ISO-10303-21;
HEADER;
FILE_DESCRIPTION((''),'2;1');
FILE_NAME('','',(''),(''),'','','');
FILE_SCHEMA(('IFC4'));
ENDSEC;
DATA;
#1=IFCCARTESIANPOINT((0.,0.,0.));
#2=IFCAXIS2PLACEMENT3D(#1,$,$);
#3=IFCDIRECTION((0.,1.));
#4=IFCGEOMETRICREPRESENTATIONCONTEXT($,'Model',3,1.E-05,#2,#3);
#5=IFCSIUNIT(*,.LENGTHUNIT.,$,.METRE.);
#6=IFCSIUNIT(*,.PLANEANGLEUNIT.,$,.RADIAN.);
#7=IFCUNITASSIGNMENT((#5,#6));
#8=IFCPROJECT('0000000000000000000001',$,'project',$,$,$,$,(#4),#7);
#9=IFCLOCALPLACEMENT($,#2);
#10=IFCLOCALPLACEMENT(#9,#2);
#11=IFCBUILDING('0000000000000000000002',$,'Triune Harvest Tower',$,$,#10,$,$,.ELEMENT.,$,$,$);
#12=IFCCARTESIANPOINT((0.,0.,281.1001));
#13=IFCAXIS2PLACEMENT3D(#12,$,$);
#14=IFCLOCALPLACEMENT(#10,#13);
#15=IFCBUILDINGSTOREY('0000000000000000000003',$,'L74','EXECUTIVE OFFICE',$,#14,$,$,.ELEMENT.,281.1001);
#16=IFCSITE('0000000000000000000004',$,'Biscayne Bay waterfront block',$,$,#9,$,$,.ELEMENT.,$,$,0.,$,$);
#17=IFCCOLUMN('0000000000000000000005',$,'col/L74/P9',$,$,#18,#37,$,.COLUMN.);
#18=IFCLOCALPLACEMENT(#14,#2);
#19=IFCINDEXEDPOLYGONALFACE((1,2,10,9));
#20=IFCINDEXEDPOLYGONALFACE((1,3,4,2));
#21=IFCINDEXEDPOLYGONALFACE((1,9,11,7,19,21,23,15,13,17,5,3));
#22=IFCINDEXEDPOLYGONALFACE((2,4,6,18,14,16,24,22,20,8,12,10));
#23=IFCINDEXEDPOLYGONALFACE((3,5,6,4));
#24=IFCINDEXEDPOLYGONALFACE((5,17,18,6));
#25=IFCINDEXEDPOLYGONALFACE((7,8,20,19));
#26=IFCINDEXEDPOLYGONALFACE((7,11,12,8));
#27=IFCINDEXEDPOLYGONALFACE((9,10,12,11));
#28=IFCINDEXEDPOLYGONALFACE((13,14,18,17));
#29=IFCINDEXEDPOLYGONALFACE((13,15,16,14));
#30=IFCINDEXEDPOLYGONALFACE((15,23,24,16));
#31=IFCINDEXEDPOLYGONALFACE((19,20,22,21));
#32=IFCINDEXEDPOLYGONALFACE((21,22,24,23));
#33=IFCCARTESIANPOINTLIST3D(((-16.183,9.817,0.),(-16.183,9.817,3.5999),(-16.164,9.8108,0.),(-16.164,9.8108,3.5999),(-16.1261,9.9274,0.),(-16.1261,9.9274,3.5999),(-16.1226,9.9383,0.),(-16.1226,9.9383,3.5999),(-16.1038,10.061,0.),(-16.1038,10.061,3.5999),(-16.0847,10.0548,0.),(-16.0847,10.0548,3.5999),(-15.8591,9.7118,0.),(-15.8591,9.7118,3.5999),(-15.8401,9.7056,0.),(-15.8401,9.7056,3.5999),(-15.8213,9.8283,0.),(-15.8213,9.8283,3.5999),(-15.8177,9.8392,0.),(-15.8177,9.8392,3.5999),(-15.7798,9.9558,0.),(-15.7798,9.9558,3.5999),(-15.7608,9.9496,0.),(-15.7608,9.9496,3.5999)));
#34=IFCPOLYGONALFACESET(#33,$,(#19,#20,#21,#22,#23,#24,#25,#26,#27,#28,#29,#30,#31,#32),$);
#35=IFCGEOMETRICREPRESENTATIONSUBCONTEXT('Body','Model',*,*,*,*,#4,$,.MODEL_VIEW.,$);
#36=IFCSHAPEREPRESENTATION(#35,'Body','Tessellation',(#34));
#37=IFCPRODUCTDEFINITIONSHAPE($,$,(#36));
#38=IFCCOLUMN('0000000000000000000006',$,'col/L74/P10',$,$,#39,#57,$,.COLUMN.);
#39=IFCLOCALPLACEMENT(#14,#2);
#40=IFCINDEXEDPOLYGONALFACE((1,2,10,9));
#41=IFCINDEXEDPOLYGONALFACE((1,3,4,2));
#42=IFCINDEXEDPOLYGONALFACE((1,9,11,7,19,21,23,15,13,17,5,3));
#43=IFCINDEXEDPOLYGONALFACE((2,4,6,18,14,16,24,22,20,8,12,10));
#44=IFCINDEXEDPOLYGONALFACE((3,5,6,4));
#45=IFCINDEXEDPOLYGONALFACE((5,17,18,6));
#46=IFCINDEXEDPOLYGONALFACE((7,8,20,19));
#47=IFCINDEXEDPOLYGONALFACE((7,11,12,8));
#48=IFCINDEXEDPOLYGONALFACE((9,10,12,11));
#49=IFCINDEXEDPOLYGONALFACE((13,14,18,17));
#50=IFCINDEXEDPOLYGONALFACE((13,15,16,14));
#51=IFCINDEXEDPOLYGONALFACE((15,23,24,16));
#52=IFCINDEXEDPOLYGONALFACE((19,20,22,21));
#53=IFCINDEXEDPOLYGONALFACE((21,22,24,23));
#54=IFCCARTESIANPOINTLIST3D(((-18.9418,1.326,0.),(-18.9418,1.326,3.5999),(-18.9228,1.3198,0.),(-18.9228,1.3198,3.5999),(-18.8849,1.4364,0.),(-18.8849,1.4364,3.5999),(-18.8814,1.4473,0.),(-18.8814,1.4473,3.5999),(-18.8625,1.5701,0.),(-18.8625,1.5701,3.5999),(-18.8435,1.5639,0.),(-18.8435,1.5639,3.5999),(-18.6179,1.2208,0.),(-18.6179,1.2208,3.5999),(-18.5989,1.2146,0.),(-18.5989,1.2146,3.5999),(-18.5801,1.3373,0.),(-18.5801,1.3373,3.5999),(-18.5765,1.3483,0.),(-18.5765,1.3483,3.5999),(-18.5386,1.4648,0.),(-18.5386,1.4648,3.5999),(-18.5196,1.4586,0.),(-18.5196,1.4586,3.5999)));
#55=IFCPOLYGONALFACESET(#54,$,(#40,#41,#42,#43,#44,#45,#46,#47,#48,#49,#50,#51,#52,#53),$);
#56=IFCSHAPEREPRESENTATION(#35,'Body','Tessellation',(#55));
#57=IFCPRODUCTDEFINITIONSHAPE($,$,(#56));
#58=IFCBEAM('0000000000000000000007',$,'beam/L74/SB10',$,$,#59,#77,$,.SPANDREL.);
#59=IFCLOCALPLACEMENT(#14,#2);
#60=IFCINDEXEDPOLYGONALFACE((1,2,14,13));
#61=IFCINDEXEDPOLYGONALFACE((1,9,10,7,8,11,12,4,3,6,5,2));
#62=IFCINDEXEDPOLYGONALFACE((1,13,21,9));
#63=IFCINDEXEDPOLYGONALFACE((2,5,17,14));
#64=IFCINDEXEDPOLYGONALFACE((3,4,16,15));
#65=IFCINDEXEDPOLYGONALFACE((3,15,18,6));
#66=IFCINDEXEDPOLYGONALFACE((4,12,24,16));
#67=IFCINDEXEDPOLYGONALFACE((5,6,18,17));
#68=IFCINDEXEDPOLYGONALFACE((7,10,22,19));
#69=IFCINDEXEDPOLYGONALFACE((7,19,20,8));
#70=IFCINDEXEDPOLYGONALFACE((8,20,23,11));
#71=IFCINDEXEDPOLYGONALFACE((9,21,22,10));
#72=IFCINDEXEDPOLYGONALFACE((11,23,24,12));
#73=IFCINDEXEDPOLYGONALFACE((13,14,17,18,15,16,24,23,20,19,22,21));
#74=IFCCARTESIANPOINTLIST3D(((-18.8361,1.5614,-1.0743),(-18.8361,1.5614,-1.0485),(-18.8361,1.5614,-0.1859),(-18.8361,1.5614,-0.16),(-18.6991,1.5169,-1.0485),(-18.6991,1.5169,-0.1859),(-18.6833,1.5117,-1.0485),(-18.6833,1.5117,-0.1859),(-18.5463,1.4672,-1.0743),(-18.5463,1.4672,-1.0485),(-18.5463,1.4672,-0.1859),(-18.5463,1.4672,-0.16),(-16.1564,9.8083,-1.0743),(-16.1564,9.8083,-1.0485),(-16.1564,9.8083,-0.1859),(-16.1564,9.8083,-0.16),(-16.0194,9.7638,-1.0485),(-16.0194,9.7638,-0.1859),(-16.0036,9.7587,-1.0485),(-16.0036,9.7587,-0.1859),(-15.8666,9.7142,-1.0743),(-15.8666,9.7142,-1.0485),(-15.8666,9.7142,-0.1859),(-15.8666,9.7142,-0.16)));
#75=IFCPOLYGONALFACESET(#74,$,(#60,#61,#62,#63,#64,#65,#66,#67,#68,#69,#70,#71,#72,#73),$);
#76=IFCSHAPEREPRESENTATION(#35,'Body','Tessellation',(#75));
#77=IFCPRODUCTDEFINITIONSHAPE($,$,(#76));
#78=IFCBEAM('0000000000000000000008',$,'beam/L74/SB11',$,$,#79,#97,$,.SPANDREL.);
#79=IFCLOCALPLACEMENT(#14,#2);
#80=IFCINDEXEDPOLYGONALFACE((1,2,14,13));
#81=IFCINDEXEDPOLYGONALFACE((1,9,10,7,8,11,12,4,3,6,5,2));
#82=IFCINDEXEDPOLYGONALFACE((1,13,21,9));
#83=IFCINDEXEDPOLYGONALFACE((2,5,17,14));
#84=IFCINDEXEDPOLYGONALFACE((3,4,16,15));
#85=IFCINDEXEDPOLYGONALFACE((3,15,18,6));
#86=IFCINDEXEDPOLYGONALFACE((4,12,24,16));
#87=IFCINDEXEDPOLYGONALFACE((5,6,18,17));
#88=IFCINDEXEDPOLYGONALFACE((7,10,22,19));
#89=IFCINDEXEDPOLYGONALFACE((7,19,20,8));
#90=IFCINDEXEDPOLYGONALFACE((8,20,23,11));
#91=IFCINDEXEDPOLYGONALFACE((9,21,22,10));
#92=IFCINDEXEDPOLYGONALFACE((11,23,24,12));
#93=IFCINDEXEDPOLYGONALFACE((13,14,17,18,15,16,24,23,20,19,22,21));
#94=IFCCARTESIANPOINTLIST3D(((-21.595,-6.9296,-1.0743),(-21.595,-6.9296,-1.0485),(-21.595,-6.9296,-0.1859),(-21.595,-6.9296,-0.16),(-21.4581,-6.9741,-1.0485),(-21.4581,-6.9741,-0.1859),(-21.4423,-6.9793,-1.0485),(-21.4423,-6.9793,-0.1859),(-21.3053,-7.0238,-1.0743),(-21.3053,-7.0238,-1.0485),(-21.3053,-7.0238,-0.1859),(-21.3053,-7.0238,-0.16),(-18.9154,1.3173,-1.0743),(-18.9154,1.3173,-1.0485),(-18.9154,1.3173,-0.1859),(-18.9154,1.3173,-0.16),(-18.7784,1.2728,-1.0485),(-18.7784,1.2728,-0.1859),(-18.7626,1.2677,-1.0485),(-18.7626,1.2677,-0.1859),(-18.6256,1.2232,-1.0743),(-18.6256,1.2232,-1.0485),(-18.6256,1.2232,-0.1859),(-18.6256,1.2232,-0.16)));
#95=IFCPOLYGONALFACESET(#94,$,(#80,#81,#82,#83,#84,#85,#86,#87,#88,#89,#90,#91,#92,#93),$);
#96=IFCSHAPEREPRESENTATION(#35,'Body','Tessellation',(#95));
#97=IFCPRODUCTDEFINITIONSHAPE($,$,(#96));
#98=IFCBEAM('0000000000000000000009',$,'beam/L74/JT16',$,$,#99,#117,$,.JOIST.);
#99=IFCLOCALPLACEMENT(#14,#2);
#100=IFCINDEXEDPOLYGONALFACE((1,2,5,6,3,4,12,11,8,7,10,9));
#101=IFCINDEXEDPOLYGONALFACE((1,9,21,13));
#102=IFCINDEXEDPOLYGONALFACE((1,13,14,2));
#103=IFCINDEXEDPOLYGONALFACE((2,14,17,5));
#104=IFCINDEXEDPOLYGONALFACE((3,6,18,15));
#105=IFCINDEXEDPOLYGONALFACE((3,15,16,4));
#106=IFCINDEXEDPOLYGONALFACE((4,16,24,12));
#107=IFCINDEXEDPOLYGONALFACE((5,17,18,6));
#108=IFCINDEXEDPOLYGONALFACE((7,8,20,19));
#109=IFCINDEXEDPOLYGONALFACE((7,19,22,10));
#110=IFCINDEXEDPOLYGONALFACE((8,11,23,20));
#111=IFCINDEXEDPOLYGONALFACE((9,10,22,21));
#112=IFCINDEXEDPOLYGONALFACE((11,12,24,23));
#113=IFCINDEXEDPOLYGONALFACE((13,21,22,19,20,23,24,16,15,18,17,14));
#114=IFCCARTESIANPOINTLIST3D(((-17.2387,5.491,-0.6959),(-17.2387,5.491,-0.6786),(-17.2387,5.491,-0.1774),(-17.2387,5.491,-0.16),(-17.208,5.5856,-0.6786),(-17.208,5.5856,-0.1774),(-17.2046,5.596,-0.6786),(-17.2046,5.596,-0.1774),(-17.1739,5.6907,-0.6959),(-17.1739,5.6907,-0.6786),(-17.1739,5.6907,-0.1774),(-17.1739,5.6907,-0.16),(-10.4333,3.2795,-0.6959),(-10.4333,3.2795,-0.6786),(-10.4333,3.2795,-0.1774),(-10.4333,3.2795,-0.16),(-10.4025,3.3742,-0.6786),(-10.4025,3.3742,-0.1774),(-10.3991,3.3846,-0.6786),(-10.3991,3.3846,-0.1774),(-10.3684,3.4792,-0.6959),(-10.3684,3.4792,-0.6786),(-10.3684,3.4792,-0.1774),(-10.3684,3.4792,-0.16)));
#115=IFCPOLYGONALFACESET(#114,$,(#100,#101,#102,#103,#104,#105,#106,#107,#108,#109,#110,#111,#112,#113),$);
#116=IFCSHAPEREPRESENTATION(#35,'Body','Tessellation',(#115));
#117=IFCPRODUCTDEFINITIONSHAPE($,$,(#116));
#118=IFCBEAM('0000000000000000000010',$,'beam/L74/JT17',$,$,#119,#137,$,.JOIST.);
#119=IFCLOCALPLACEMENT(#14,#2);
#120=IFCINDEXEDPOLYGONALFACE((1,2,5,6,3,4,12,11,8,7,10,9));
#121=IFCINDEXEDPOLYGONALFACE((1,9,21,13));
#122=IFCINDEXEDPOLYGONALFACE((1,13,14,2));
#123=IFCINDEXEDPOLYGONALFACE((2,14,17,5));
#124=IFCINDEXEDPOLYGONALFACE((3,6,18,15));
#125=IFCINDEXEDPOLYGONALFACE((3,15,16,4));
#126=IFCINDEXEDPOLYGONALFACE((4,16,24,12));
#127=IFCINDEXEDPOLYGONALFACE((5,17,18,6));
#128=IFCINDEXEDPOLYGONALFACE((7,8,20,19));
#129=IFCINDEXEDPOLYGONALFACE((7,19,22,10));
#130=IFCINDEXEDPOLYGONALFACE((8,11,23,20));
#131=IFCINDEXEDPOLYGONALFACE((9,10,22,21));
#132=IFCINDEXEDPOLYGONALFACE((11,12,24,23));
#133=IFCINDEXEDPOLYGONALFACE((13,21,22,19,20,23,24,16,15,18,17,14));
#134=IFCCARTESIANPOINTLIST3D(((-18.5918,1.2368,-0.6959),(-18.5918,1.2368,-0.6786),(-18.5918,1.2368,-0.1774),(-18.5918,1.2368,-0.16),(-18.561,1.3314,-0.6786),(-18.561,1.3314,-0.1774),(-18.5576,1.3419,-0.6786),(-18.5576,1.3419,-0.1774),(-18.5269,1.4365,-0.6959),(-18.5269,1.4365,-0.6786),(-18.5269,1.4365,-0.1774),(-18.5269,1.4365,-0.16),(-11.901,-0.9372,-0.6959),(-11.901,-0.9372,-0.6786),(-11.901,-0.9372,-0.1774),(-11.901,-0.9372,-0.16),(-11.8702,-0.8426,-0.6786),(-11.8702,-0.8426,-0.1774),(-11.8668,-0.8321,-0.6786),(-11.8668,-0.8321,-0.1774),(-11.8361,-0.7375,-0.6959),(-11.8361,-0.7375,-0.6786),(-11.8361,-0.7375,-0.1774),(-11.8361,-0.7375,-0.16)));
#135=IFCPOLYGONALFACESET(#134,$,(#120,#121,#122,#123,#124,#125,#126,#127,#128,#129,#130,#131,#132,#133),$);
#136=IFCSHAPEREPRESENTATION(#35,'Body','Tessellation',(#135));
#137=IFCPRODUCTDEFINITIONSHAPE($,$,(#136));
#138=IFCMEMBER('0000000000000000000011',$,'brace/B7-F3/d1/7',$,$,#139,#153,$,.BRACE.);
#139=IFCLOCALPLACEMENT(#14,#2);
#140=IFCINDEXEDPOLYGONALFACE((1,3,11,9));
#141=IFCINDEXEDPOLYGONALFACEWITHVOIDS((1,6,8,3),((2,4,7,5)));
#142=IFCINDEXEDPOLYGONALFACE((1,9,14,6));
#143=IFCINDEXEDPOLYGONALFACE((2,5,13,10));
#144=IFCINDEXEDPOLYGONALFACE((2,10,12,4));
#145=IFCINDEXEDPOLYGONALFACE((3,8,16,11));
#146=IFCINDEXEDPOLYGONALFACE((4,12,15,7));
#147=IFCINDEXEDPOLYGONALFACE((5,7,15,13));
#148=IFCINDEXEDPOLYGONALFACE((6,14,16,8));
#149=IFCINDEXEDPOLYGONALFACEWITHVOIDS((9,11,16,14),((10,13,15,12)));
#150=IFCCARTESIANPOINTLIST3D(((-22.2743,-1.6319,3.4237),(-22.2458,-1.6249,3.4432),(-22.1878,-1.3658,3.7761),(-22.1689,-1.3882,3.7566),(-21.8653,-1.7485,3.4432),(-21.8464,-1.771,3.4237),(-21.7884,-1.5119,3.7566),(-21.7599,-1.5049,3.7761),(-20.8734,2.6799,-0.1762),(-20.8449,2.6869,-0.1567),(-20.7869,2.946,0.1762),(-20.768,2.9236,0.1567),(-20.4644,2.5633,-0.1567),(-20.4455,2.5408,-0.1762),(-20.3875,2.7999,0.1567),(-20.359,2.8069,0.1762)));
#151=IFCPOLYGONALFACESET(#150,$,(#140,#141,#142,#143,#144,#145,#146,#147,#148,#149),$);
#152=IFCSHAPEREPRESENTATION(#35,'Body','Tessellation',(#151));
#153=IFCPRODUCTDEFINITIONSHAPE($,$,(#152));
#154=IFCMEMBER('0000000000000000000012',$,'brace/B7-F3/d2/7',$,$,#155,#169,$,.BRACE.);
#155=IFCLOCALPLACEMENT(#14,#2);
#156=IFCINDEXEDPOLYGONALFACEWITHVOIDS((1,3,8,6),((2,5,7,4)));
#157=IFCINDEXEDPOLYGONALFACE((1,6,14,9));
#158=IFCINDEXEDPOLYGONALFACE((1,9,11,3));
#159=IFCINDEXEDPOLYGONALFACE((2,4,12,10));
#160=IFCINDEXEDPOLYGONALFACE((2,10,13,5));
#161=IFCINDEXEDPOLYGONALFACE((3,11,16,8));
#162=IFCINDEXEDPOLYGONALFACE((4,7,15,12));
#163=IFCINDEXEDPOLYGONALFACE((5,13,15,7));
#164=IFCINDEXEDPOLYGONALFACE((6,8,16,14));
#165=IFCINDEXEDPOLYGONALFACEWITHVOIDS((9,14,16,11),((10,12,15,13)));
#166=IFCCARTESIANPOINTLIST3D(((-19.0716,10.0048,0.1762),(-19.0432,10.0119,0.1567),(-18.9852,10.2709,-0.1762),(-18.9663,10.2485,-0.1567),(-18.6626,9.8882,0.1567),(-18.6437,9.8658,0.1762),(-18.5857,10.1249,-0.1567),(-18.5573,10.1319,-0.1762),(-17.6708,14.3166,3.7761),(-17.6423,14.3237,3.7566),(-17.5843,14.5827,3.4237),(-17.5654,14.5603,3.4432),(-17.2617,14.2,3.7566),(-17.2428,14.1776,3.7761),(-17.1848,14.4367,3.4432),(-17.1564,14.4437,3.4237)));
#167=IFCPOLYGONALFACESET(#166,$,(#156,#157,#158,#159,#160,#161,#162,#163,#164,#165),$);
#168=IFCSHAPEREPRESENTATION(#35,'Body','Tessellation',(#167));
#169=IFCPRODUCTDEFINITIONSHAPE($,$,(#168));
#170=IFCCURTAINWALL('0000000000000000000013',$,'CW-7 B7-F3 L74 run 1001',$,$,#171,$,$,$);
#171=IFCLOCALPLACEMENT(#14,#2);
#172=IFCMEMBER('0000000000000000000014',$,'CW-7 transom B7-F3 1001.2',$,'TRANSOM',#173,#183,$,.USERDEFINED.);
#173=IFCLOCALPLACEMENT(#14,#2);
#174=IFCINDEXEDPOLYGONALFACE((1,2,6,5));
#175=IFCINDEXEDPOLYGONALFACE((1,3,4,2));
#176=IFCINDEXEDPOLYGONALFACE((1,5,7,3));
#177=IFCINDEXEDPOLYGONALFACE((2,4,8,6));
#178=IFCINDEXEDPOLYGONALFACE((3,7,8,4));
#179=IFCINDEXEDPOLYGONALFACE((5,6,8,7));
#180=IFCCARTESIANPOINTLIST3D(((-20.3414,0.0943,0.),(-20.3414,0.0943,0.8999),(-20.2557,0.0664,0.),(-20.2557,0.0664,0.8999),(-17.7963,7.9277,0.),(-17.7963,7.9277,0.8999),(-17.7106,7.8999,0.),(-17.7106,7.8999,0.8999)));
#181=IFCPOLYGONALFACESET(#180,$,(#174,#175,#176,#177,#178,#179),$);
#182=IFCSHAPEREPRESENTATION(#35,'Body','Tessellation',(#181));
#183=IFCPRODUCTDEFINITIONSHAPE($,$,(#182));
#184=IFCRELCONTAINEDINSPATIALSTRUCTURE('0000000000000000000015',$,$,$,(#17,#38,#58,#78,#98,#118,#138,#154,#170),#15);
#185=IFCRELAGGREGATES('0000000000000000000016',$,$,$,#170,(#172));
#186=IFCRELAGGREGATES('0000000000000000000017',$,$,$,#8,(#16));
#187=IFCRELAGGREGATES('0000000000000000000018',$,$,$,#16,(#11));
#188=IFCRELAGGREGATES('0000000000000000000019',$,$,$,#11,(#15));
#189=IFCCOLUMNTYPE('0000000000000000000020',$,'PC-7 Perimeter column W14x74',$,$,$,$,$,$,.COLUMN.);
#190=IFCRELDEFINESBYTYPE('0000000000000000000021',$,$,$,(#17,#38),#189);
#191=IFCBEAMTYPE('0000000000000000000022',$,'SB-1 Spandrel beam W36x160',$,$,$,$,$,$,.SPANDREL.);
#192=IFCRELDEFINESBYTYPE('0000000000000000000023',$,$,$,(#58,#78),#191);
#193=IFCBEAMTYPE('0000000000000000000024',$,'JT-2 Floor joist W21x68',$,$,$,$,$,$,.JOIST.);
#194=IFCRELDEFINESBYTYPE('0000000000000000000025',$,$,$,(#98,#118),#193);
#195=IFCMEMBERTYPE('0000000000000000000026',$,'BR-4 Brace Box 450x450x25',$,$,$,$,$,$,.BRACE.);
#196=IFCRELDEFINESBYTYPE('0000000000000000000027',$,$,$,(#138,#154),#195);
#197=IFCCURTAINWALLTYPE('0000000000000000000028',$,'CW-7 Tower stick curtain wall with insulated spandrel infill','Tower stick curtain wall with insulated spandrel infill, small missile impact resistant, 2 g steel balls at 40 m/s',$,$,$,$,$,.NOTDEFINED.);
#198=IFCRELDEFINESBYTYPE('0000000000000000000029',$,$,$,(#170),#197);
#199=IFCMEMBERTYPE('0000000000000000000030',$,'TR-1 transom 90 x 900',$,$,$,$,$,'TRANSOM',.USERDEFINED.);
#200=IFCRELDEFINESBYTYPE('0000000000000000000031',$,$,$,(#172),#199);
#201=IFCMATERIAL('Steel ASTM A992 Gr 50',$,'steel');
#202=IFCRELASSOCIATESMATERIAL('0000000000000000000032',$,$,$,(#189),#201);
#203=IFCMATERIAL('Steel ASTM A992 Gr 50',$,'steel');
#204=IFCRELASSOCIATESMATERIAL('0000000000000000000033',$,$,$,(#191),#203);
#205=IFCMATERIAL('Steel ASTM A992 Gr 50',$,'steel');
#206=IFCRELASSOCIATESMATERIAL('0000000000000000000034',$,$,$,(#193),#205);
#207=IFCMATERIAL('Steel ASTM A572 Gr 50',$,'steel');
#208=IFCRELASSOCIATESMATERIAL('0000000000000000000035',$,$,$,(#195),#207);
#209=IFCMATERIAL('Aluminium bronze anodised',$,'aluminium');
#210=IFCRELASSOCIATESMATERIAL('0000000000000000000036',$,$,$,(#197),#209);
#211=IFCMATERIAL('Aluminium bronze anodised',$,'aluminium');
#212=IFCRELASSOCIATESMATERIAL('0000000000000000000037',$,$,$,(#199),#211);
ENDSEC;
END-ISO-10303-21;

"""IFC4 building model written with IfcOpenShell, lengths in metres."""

from ifc_helpers import new_model, si_unit, direction, frame, origin, origin_2d, place, context, subcontext, project, spatial, rectangle, hollow_rectangle, i_section, extrude, source, transform, mapped, material, material_profile, profile_set, type_object, element, aggregate, save


model = new_model("IFC4")

# Units and contexts
model_context = context("Model", 3, precision=1e-05, world=origin(), true_north=direction((0.0, 1.0)))
body_context = subcontext(model_context, "Body", "Model", "MODEL_VIEW")
ifc_project = project(units=[si_unit("LENGTHUNIT", "METRE"), si_unit("PLANEANGLEUNIT", "RADIAN")], contexts=[model_context])

# Site, building, storey
site_placement = place(None, origin())
site = spatial("IfcSite", under=ifc_project, at=site_placement, Name="Biscayne Bay waterfront block", CompositionType="ELEMENT", RefElevation=0.0)
building_placement = place(site_placement, origin())
building = spatial("IfcBuilding", under=site, at=building_placement, Name="Triune Harvest Tower", CompositionType="ELEMENT")
storey_placement = place(building_placement, frame((0.0, 0.0, 281.1001)))
storey = spatial("IfcBuildingStorey", under=building, at=storey_placement, Name="L74", Description="EXECUTIVE OFFICE", CompositionType="ELEMENT", Elevation=281.1001)

# Columns
ifc_material_1 = material(Name="Steel ASTM A992 Gr 50", Category="steel")
ifc_material_profile_1 = material_profile(ifc_material_1, i_section(OverallWidth=0.2566, OverallDepth=0.3606, WebThickness=0.0115, FlangeThickness=0.02, at=origin_2d()), Name="W14x74")
ifc_profile_set_1 = profile_set([ifc_material_profile_1], Name="Steel ASTM A992 Gr 50")
column_type = type_object("IfcColumnType", Name="PC-7 Perimeter column W14x74", PredefinedType="COLUMN", material=ifc_profile_set_1)
shared_shape_1 = source(origin(), body_context, "Body", "SweptSolid", [
    extrude(i_section(OverallWidth=0.2566, OverallDepth=0.3606, WebThickness=0.0115, FlangeThickness=0.02, at=origin_2d()), origin(), (0.0, 0.0, 1.0), 3.5999),
])
for number, where, z_axis, x_axis, name in (
    (1, (-15.9719, 9.8833, 0.0), (0.0, 0.0, 1.0), (-0.309015, -0.951057, 0.0), "col/L74/P9"),
    (2, (-18.7307, 1.3923, 0.0), (0.0, 0.0, 1.0), (-0.309015, -0.951057, 0.0), "col/L74/P10"),
):
    element("IfcColumn", number, at=place(storey_placement, frame(where, z_axis=z_axis, x_axis=x_axis)), inside=storey, type_object=column_type, Name=name, PredefinedType="COLUMN", context=body_context, shape_type="MappedRepresentation", body=[
        mapped(shared_shape_1, transform((0.0, 0.0, 0.0), scale=1.0)),
    ])

# Beams
ifc_material_2 = material(Name="Steel ASTM A992 Gr 50", Category="steel")
ifc_material_profile_2 = material_profile(ifc_material_2, i_section(OverallWidth=0.3047, OverallDepth=0.9143, WebThickness=0.0166, FlangeThickness=0.0259, at=origin_2d()), Name="W36x160")
ifc_profile_set_2 = profile_set([ifc_material_profile_2], Name="Steel ASTM A992 Gr 50")
beam_type_1 = type_object("IfcBeamType", Name="SB-1 Spandrel beam W36x160", PredefinedType="SPANDREL", material=ifc_profile_set_2)
shared_shape_2 = source(origin(), body_context, "Body", "SweptSolid", [
    extrude(i_section(OverallWidth=0.3047, OverallDepth=0.9143, WebThickness=0.0166, FlangeThickness=0.0259, at=origin_2d()), origin(), (0.0, 0.0, 1.0), 8.6714),
])
for number, where, z_axis, x_axis, name in (
    (3, (-16.0115, 9.7612, -0.6172), (-0.309031, -0.951052, 0.0), (0.951052, -0.309031, 0.0), "beam/L74/SB10"),
    (4, (-18.7705, 1.2703, -0.6172), (-0.309022, -0.951055, 0.0), (0.951055, -0.309022, 0.0), "beam/L74/SB11"),
):
    element("IfcBeam", number, at=place(storey_placement, frame(where, z_axis=z_axis, x_axis=x_axis)), inside=storey, type_object=beam_type_1, Name=name, PredefinedType="SPANDREL", context=body_context, shape_type="MappedRepresentation", body=[
        mapped(shared_shape_2, transform((0.0, 0.0, 0.0), scale=1.0)),
    ])
ifc_material_3 = material(Name="Steel ASTM A992 Gr 50", Category="steel")
ifc_material_profile_3 = material_profile(ifc_material_3, i_section(OverallWidth=0.21, OverallDepth=0.5359, WebThickness=0.011, FlangeThickness=0.0173, at=origin_2d()), Name="W21x68")
ifc_profile_set_3 = profile_set([ifc_material_profile_3], Name="Steel ASTM A992 Gr 50")
beam_type_2 = type_object("IfcBeamType", Name="JT-2 Floor joist W21x68", PredefinedType="JOIST", material=ifc_profile_set_3)
shared_shape_3 = source(origin(), body_context, "Body", "SweptSolid", [
    extrude(i_section(OverallWidth=0.21, OverallDepth=0.5359, WebThickness=0.011, FlangeThickness=0.0173, at=origin_2d()), origin(), (0.0, 0.0, 1.0), 7.1558),
])
beam_1_placement = place(storey_placement, frame((-17.2063, 5.5908, -0.428), z_axis=(0.951048, -0.309044, 0.0), x_axis=(0.309044, 0.951048, 0.0)))
element("IfcBeam", 5, at=beam_1_placement, inside=storey, type_object=beam_type_2, Name="beam/L74/JT16", PredefinedType="JOIST", context=body_context, shape_type="MappedRepresentation", body=[
    mapped(shared_shape_3, transform((0.0, 0.0, 0.0), scale=1.0)),
])
shared_shape_4 = source(origin(), body_context, "Body", "SweptSolid", [
    extrude(i_section(OverallWidth=0.21, OverallDepth=0.5359, WebThickness=0.011, FlangeThickness=0.0173, at=origin_2d()), origin(), (0.0, 0.0, 1.0), 7.0352),
])
beam_2_placement = place(storey_placement, frame((-18.5593, 1.3367, -0.428), z_axis=(0.951054, -0.309025, 0.0), x_axis=(0.309025, 0.951054, 0.0)))
element("IfcBeam", 6, at=beam_2_placement, inside=storey, type_object=beam_type_2, Name="beam/L74/JT17", PredefinedType="JOIST", context=body_context, shape_type="MappedRepresentation", body=[
    mapped(shared_shape_4, transform((0.0, 0.0, 0.0), scale=1.0)),
])

# Members
ifc_material_4 = material(Name="Steel ASTM A572 Gr 50", Category="steel")
ifc_material_profile_4 = material_profile(ifc_material_4, hollow_rectangle(XDim=0.45, YDim=0.45, WallThickness=0.0249, at=origin_2d()), Name="Box 450x450x25")
ifc_profile_set_4 = profile_set([ifc_material_profile_4], Name="Steel ASTM A572 Gr 50")
member_type_1 = type_object("IfcMemberType", Name="BR-4 Brace Box 450x450x25", PredefinedType="BRACE", material=ifc_profile_set_4)
shared_shape_5 = source(origin(), body_context, "Body", "SweptSolid", [
    extrude(hollow_rectangle(XDim=0.45, YDim=0.45, WallThickness=0.0249, at=origin_2d()), origin(), (0.0, 0.0, 1.0), 5.7891),
])
for number, where, z_axis, x_axis, name in (
    (7, (-20.6162, 2.7434, 0.0), (-0.241989, -0.744818, 0.621842), (0.951063, -0.308997, 0.0), "brace/B7-F3/d1/7"),
    (8, (-18.8145, 10.0684, 0.0), (0.241989, 0.744818, 0.621842), (-0.951063, 0.308997, 0.0), "brace/B7-F3/d2/7"),
):
    element("IfcMember", number, at=place(storey_placement, frame(where, z_axis=z_axis, x_axis=x_axis)), inside=storey, type_object=member_type_1, Name=name, PredefinedType="BRACE", context=body_context, shape_type="MappedRepresentation", body=[
        mapped(shared_shape_5, transform((0.0, 0.0, 0.0), scale=1.0)),
    ])

# Curtain wall, member
ifc_material_5 = material(Name="Aluminium bronze anodised", Category="aluminium")
curtain_wall_type = type_object("IfcCurtainWallType", Name="CW-7 Tower stick curtain wall with insulated spandrel infill", Description="Tower stick curtain wall with insulated spandrel infill, small missile impact resistant, 2 g steel balls at 40 m/s", PredefinedType="NOTDEFINED", material=ifc_material_5)
curtain_wall_placement = place(storey_placement, origin())
curtain_wall = element("IfcCurtainWall", 9, at=curtain_wall_placement, inside=storey, type_object=curtain_wall_type, Name="CW-7 B7-F3 L74 run 1001")
ifc_material_6 = material(Name="Aluminium bronze anodised", Category="aluminium")
ifc_material_profile_5 = material_profile(ifc_material_6, rectangle(XDim=0.0901, YDim=0.8999, at=origin_2d()), Name="TR-1 transom 90 x 900")
ifc_profile_set_5 = profile_set([ifc_material_profile_5], Name="Aluminium bronze anodised")
member_type_2 = type_object("IfcMemberType", Name="TR-1 transom 90 x 900", ElementType="TRANSOM", PredefinedType="USERDEFINED", material=ifc_profile_set_5)
shared_shape_6 = source(origin(), body_context, "Body", "SweptSolid", [
    extrude(rectangle(XDim=0.0901, YDim=0.8999, at=origin_2d()), origin(), (0.0, 0.0, 1.0), 8.2366),
])
member_1_placement = place(storey_placement, frame((-17.7534, 7.9138, 0.45), z_axis=(-0.309007, -0.95106, 0.0), x_axis=(0.95106, -0.309007, 0.0)))
member_1 = element("IfcMember", 10, at=member_1_placement, type_object=member_type_2, Name="CW-7 transom B7-F3 1001.2", ObjectType="TRANSOM", PredefinedType="USERDEFINED", context=body_context, shape_type="MappedRepresentation", body=[
    mapped(shared_shape_6, transform((0.0, 0.0, 0.0), scale=1.0)),
])
aggregate(curtain_wall, [member_1])

save(model, "model.ifc")
